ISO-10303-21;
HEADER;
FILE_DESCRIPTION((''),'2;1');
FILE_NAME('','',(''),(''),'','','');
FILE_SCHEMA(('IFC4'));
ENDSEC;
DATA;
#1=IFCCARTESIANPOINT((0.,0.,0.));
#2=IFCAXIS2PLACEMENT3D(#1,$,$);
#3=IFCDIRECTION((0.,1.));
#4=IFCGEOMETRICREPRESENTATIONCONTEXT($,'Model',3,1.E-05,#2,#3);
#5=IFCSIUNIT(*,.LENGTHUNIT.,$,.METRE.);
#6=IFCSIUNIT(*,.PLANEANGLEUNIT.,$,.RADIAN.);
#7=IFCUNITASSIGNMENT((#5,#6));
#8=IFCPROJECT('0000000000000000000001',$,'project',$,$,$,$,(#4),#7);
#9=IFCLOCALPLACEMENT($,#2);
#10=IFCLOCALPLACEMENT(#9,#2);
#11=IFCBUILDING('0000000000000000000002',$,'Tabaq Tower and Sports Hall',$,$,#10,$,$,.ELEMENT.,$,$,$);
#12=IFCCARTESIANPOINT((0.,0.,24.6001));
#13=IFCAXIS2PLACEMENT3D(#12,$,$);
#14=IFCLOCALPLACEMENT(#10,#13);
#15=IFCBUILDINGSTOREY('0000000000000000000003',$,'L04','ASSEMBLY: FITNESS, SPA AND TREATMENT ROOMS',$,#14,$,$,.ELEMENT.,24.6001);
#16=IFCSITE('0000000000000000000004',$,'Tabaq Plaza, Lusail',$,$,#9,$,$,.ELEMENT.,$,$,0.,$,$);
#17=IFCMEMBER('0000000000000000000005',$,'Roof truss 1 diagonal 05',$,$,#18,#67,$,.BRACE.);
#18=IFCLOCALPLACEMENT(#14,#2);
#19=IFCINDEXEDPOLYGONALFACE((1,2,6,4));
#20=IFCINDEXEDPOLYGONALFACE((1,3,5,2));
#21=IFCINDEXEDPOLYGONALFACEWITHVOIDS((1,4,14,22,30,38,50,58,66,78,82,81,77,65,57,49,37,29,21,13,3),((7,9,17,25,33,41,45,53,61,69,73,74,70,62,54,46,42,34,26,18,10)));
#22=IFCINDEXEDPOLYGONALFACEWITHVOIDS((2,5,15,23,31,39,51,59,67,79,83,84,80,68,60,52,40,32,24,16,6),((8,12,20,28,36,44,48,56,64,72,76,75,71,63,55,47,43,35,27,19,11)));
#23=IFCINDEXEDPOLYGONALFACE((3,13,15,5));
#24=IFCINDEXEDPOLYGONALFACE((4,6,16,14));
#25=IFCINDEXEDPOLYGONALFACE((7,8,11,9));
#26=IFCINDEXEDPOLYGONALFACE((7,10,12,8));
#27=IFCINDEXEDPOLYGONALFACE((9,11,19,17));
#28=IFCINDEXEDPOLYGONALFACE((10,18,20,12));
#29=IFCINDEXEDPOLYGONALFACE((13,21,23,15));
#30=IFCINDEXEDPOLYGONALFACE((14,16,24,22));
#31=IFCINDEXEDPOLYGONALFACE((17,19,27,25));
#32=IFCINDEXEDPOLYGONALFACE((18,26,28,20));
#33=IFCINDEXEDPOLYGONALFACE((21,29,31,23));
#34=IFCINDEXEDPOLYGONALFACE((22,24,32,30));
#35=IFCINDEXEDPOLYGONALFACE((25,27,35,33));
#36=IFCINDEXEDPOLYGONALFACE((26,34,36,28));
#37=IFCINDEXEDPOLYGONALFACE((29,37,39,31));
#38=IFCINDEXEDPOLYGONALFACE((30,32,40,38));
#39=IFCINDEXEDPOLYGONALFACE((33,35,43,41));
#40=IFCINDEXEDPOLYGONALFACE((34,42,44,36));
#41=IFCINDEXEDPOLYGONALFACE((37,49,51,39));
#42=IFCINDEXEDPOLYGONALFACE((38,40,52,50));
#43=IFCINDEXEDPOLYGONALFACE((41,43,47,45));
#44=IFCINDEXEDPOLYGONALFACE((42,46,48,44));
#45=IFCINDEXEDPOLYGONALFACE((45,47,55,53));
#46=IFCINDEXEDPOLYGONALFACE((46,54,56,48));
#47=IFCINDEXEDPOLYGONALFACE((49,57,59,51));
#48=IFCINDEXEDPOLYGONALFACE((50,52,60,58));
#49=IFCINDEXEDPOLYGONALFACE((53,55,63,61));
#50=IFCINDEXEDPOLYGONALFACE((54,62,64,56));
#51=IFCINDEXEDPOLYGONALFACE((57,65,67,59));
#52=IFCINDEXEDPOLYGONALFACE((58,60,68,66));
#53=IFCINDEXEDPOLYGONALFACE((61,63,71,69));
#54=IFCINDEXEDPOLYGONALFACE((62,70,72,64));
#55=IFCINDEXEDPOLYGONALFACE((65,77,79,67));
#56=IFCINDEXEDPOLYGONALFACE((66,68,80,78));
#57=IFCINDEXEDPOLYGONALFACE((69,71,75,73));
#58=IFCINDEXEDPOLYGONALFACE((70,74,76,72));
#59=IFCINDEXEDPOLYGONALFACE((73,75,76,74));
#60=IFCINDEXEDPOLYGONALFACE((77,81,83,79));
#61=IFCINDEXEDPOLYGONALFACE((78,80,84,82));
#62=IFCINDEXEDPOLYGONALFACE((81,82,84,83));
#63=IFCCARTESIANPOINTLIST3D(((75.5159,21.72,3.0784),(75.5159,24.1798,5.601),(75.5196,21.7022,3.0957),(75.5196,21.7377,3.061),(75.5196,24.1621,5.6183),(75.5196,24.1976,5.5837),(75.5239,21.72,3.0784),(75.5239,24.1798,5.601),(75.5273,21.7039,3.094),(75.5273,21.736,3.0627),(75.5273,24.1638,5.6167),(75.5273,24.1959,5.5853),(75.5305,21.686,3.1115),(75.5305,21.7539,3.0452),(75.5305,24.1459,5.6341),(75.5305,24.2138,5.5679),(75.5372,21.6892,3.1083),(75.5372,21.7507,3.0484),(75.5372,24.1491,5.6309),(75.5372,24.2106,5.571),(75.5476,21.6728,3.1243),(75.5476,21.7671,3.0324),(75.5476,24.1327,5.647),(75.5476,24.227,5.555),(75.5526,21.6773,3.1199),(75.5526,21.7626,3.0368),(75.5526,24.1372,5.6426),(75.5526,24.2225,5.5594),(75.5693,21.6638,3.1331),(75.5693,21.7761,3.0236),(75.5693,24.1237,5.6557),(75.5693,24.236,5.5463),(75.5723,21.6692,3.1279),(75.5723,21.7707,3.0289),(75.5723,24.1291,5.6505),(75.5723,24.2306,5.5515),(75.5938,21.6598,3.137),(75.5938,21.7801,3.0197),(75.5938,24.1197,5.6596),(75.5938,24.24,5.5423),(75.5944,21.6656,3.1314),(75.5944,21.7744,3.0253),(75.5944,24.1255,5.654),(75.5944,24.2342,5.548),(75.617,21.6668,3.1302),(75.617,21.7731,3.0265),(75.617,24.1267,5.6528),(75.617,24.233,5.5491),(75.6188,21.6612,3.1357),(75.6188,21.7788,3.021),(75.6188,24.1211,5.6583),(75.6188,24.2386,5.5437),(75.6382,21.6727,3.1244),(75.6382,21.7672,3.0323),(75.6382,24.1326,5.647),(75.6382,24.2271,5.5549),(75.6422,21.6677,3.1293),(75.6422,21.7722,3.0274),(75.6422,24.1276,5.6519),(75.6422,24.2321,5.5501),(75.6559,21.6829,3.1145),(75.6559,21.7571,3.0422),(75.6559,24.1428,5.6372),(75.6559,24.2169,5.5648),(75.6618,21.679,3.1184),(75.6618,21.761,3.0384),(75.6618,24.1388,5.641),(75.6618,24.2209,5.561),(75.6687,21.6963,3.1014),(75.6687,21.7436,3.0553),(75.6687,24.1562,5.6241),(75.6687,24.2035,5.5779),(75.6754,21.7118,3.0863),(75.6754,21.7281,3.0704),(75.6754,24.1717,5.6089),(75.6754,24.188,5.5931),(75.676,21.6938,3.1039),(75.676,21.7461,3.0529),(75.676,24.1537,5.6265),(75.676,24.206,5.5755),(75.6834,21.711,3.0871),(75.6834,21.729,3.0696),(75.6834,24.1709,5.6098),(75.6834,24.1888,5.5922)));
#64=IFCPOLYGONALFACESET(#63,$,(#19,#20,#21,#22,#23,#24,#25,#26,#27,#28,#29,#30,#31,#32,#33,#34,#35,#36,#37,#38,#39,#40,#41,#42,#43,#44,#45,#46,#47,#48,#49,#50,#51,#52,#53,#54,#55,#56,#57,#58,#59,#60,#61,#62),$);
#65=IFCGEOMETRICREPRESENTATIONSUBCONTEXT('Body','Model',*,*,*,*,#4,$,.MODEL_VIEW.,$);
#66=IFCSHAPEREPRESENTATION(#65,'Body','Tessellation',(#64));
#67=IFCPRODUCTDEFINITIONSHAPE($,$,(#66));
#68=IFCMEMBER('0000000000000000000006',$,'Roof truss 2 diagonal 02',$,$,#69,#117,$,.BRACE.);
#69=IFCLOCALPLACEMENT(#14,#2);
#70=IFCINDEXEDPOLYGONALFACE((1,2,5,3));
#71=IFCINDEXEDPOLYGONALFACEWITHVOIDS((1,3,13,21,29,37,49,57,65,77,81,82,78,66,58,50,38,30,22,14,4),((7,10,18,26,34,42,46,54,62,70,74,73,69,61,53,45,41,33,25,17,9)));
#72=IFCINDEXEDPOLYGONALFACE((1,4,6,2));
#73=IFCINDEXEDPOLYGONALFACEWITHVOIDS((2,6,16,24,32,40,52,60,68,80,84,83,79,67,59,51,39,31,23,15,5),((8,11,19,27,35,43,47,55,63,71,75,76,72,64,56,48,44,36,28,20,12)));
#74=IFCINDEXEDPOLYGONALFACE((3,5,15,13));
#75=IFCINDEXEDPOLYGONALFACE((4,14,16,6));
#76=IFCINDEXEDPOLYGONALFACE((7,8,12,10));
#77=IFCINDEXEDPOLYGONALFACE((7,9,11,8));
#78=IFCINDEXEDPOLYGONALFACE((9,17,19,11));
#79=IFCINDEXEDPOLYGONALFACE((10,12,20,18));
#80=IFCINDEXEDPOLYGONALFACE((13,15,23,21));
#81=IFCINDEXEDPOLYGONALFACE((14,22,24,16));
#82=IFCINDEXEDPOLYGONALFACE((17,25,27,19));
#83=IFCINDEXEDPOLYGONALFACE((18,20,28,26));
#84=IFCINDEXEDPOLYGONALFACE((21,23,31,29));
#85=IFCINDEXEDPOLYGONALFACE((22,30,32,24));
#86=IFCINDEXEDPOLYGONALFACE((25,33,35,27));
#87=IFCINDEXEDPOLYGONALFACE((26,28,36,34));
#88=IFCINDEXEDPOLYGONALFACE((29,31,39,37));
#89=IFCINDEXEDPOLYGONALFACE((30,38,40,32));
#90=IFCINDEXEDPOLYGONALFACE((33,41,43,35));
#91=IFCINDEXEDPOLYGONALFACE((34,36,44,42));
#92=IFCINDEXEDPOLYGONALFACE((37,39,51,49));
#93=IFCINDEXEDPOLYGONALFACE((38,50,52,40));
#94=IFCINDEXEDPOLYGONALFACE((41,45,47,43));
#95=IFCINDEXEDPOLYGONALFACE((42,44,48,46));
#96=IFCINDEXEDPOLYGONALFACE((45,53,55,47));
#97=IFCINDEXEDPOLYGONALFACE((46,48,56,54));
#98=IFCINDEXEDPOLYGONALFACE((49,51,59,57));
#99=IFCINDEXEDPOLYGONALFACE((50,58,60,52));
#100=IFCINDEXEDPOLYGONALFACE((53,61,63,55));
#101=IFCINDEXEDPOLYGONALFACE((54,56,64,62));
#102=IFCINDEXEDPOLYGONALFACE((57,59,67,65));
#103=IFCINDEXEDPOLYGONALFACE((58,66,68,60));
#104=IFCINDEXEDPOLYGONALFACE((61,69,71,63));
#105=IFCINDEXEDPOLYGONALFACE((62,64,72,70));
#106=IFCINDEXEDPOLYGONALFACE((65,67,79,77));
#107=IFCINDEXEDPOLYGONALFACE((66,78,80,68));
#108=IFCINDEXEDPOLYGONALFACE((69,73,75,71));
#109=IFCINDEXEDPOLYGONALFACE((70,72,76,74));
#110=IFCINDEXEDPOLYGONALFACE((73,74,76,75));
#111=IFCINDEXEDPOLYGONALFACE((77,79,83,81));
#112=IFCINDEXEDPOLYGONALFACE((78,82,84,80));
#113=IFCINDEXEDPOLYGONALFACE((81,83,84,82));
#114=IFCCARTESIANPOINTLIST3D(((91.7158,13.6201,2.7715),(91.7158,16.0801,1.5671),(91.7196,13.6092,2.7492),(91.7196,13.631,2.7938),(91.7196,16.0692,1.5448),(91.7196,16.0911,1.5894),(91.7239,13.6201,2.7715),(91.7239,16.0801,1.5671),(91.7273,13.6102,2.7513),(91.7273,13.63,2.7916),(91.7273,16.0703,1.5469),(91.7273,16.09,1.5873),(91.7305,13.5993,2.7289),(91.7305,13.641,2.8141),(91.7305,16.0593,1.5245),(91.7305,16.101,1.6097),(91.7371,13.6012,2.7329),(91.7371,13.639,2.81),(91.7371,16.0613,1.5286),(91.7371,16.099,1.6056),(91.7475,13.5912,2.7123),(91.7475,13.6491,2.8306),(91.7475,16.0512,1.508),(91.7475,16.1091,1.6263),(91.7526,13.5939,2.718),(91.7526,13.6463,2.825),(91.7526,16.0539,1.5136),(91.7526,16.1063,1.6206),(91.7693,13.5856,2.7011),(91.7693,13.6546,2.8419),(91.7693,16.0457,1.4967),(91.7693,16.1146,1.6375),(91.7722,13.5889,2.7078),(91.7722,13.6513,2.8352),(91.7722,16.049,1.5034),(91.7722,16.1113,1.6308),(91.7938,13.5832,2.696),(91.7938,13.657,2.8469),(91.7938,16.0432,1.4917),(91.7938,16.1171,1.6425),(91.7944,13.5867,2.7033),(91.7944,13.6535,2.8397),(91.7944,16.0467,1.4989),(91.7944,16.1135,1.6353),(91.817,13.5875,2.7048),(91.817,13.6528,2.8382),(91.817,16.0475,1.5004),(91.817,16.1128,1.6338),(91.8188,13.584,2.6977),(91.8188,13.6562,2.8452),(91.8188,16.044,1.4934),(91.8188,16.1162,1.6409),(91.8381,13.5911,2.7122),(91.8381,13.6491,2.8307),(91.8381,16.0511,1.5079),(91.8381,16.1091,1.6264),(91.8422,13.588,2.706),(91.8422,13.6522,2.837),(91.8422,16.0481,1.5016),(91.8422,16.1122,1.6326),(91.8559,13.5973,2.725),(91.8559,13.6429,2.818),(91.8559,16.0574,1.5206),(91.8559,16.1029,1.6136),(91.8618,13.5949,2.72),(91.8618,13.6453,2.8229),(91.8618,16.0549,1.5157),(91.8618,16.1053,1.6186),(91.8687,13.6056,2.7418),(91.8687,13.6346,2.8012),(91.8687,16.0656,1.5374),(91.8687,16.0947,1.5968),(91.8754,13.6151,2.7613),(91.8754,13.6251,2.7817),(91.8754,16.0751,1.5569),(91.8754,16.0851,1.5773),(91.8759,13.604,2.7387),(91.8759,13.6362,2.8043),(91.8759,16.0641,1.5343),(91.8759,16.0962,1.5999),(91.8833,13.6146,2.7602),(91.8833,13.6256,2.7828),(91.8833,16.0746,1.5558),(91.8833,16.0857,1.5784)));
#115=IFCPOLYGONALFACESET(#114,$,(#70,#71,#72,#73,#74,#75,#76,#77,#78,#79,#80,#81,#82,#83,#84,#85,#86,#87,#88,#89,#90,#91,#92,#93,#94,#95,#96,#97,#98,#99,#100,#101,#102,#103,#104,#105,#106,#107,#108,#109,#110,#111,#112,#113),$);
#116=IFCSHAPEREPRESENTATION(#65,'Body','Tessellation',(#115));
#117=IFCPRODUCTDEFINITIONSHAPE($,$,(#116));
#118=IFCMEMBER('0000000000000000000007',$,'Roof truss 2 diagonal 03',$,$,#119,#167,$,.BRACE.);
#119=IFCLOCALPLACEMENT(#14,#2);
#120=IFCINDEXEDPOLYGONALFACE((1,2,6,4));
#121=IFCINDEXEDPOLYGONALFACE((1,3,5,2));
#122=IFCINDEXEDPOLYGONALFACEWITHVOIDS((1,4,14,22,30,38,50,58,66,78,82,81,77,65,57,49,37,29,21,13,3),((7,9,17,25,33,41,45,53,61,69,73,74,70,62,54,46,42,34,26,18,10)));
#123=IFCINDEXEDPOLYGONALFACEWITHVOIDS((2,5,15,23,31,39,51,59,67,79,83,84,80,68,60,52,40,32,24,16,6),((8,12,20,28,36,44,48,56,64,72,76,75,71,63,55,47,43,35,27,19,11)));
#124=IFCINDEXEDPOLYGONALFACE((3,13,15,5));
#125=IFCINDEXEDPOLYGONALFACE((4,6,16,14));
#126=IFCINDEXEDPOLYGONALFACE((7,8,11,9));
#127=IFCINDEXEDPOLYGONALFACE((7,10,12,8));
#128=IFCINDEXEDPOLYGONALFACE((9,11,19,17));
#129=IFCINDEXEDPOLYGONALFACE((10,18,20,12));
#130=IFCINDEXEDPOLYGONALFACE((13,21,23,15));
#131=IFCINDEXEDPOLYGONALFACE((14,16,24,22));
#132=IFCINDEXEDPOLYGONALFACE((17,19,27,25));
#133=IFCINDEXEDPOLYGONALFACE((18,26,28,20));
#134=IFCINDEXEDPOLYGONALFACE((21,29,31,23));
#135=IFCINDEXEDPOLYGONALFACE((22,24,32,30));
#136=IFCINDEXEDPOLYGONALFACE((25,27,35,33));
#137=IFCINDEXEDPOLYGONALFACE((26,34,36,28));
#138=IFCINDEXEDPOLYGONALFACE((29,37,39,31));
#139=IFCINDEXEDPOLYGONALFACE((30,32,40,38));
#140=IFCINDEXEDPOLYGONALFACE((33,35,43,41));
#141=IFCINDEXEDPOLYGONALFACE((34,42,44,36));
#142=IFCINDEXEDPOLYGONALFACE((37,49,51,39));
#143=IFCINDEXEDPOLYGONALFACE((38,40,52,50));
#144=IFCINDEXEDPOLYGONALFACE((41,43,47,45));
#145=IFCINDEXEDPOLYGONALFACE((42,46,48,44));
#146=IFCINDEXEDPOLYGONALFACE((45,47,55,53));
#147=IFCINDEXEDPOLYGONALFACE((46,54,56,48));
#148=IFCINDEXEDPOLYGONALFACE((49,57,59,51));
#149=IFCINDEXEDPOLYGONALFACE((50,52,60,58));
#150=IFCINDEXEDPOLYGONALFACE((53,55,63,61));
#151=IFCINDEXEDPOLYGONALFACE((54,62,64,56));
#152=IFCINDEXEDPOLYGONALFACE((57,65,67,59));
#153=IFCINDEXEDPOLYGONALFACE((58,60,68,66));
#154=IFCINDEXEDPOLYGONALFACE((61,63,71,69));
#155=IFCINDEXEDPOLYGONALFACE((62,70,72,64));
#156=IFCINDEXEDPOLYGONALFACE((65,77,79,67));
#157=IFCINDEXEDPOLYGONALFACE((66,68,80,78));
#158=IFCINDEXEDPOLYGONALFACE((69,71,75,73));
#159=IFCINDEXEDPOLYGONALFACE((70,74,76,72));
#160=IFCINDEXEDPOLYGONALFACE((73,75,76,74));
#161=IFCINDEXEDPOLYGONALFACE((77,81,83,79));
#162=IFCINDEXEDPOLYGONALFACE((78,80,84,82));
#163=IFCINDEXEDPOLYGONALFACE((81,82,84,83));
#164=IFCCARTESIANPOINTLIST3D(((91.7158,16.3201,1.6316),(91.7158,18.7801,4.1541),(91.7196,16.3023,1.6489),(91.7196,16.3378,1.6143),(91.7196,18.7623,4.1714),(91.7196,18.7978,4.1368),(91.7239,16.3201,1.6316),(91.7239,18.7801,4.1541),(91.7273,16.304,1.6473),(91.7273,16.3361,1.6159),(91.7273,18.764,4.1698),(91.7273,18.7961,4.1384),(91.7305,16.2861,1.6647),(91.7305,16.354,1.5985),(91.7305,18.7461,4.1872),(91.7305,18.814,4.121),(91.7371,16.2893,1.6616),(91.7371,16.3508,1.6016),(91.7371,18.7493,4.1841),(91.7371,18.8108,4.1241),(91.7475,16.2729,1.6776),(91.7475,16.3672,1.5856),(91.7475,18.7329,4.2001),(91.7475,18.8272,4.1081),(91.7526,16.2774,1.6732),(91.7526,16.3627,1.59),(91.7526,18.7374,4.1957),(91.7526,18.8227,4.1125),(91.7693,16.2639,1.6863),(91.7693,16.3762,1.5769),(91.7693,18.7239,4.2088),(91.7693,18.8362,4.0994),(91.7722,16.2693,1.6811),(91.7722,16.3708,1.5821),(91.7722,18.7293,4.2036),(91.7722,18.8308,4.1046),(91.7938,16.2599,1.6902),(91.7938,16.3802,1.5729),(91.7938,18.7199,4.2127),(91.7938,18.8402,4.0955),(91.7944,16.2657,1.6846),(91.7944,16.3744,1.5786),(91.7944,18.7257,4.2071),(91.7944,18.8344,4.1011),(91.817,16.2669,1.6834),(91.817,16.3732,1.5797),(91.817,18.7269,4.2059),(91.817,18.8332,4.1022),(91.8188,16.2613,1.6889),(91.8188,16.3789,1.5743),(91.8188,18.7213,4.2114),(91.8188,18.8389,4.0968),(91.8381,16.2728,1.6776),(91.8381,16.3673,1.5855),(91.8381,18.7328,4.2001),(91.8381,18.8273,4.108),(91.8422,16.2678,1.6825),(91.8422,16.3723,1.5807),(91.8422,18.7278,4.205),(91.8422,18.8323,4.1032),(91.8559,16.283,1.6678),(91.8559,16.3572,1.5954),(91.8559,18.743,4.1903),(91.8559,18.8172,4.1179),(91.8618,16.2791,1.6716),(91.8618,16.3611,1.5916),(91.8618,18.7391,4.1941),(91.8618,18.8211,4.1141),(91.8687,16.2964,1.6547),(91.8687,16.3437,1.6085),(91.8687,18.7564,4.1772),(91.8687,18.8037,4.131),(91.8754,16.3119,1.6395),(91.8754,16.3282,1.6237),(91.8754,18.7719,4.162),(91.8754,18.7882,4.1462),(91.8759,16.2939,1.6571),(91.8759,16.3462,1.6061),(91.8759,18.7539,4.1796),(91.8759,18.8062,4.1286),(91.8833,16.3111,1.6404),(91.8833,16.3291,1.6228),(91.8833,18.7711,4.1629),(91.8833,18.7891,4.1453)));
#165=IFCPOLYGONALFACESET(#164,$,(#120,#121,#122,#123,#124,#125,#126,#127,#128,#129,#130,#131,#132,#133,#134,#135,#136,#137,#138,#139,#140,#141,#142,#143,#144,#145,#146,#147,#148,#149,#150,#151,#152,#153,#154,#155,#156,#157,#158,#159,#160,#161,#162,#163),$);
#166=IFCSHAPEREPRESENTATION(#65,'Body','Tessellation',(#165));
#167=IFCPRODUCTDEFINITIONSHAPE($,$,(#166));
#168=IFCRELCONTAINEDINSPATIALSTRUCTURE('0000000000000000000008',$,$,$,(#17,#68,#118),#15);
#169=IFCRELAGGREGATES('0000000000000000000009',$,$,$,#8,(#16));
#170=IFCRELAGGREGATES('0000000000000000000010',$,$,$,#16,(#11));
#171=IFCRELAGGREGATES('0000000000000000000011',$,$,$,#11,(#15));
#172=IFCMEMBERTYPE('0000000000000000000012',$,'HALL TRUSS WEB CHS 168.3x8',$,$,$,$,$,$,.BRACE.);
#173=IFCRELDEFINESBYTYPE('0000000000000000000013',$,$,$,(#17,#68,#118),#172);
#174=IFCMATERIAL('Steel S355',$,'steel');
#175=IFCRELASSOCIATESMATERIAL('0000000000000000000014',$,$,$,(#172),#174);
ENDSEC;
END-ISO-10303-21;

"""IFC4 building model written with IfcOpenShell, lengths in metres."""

from ifc_helpers import new_model, si_unit, direction, frame, origin, origin_2d, place, context, subcontext, project, spatial, hollow_circle, extrude, material, material_profile, profile_set, type_object, element, save


model = new_model("IFC4")

# Units and contexts
model_context = context("Model", 3, precision=1e-05, world=origin(), true_north=direction((0.0, 1.0)))
body_context = subcontext(model_context, "Body", "Model", "MODEL_VIEW")
ifc_project = project(units=[si_unit("LENGTHUNIT", "METRE"), si_unit("PLANEANGLEUNIT", "RADIAN")], contexts=[model_context])

# Site, building, storey
site_placement = place(None, origin())
site = spatial("IfcSite", under=ifc_project, at=site_placement, Name="Tabaq Plaza, Lusail", CompositionType="ELEMENT", RefElevation=0.0)
building_placement = place(site_placement, origin())
building = spatial("IfcBuilding", under=site, at=building_placement, Name="Tabaq Tower and Sports Hall", CompositionType="ELEMENT")
storey_placement = place(building_placement, frame((0.0, 0.0, 24.6001)))
storey = spatial("IfcBuildingStorey", under=building, at=storey_placement, Name="L04", Description="ASSEMBLY: FITNESS, SPA AND TREATMENT ROOMS", CompositionType="ELEMENT", Elevation=24.6001)

# Members
ifc_material_1 = material(Name="Steel S355", Category="steel")
ifc_material_profile_1 = material_profile(ifc_material_1, hollow_circle(Radius=0.0842, WallThickness=0.0081, at=origin_2d()), Name="CHS 168.3x8")
ifc_profile_set_1 = profile_set([ifc_material_profile_1], Name="Steel S355")
member_type_1 = type_object("IfcMemberType", Name="HALL TRUSS WEB CHS 168.3x8", PredefinedType="BRACE", material=ifc_profile_set_1)
member_1_placement = place(storey_placement, frame((75.6001, 21.72, 3.0784), z_axis=(0.0, 0.698147, 0.715954), x_axis=(-1.0, 0.0, 0.0)))
element("IfcMember", 1, at=member_1_placement, inside=storey, type_object=member_type_1, Name="Roof truss 1 diagonal 05", PredefinedType="BRACE", context=body_context, shape_type="SweptSolid", body=[
    extrude(hollow_circle(Radius=0.0842, WallThickness=0.0081, at=origin_2d()), origin(), (0.0, 0.0, 1.0), 3.5234),
])
member_2_placement = place(storey_placement, frame((91.8, 13.6201, 2.7715), z_axis=(0.0, 0.89814, -0.43971), x_axis=(-1.0, 0.0, 0.0)))
element("IfcMember", 2, at=member_2_placement, inside=storey, type_object=member_type_1, Name="Roof truss 2 diagonal 02", PredefinedType="BRACE", context=body_context, shape_type="SweptSolid", body=[
    extrude(hollow_circle(Radius=0.0842, WallThickness=0.0081, at=origin_2d()), origin(), (0.0, 0.0, 1.0), 2.739),
])
member_3_placement = place(storey_placement, frame((91.8, 16.3201, 1.6316), z_axis=(0.0, 0.698182, 0.71592), x_axis=(-1.0, 0.0, 0.0)))
element("IfcMember", 3, at=member_3_placement, inside=storey, type_object=member_type_1, Name="Roof truss 2 diagonal 03", PredefinedType="BRACE", context=body_context, shape_type="SweptSolid", body=[
    extrude(hollow_circle(Radius=0.0842, WallThickness=0.0081, at=origin_2d()), origin(), (0.0, 0.0, 1.0), 3.5234),
])

save(model, "model.ifc")
